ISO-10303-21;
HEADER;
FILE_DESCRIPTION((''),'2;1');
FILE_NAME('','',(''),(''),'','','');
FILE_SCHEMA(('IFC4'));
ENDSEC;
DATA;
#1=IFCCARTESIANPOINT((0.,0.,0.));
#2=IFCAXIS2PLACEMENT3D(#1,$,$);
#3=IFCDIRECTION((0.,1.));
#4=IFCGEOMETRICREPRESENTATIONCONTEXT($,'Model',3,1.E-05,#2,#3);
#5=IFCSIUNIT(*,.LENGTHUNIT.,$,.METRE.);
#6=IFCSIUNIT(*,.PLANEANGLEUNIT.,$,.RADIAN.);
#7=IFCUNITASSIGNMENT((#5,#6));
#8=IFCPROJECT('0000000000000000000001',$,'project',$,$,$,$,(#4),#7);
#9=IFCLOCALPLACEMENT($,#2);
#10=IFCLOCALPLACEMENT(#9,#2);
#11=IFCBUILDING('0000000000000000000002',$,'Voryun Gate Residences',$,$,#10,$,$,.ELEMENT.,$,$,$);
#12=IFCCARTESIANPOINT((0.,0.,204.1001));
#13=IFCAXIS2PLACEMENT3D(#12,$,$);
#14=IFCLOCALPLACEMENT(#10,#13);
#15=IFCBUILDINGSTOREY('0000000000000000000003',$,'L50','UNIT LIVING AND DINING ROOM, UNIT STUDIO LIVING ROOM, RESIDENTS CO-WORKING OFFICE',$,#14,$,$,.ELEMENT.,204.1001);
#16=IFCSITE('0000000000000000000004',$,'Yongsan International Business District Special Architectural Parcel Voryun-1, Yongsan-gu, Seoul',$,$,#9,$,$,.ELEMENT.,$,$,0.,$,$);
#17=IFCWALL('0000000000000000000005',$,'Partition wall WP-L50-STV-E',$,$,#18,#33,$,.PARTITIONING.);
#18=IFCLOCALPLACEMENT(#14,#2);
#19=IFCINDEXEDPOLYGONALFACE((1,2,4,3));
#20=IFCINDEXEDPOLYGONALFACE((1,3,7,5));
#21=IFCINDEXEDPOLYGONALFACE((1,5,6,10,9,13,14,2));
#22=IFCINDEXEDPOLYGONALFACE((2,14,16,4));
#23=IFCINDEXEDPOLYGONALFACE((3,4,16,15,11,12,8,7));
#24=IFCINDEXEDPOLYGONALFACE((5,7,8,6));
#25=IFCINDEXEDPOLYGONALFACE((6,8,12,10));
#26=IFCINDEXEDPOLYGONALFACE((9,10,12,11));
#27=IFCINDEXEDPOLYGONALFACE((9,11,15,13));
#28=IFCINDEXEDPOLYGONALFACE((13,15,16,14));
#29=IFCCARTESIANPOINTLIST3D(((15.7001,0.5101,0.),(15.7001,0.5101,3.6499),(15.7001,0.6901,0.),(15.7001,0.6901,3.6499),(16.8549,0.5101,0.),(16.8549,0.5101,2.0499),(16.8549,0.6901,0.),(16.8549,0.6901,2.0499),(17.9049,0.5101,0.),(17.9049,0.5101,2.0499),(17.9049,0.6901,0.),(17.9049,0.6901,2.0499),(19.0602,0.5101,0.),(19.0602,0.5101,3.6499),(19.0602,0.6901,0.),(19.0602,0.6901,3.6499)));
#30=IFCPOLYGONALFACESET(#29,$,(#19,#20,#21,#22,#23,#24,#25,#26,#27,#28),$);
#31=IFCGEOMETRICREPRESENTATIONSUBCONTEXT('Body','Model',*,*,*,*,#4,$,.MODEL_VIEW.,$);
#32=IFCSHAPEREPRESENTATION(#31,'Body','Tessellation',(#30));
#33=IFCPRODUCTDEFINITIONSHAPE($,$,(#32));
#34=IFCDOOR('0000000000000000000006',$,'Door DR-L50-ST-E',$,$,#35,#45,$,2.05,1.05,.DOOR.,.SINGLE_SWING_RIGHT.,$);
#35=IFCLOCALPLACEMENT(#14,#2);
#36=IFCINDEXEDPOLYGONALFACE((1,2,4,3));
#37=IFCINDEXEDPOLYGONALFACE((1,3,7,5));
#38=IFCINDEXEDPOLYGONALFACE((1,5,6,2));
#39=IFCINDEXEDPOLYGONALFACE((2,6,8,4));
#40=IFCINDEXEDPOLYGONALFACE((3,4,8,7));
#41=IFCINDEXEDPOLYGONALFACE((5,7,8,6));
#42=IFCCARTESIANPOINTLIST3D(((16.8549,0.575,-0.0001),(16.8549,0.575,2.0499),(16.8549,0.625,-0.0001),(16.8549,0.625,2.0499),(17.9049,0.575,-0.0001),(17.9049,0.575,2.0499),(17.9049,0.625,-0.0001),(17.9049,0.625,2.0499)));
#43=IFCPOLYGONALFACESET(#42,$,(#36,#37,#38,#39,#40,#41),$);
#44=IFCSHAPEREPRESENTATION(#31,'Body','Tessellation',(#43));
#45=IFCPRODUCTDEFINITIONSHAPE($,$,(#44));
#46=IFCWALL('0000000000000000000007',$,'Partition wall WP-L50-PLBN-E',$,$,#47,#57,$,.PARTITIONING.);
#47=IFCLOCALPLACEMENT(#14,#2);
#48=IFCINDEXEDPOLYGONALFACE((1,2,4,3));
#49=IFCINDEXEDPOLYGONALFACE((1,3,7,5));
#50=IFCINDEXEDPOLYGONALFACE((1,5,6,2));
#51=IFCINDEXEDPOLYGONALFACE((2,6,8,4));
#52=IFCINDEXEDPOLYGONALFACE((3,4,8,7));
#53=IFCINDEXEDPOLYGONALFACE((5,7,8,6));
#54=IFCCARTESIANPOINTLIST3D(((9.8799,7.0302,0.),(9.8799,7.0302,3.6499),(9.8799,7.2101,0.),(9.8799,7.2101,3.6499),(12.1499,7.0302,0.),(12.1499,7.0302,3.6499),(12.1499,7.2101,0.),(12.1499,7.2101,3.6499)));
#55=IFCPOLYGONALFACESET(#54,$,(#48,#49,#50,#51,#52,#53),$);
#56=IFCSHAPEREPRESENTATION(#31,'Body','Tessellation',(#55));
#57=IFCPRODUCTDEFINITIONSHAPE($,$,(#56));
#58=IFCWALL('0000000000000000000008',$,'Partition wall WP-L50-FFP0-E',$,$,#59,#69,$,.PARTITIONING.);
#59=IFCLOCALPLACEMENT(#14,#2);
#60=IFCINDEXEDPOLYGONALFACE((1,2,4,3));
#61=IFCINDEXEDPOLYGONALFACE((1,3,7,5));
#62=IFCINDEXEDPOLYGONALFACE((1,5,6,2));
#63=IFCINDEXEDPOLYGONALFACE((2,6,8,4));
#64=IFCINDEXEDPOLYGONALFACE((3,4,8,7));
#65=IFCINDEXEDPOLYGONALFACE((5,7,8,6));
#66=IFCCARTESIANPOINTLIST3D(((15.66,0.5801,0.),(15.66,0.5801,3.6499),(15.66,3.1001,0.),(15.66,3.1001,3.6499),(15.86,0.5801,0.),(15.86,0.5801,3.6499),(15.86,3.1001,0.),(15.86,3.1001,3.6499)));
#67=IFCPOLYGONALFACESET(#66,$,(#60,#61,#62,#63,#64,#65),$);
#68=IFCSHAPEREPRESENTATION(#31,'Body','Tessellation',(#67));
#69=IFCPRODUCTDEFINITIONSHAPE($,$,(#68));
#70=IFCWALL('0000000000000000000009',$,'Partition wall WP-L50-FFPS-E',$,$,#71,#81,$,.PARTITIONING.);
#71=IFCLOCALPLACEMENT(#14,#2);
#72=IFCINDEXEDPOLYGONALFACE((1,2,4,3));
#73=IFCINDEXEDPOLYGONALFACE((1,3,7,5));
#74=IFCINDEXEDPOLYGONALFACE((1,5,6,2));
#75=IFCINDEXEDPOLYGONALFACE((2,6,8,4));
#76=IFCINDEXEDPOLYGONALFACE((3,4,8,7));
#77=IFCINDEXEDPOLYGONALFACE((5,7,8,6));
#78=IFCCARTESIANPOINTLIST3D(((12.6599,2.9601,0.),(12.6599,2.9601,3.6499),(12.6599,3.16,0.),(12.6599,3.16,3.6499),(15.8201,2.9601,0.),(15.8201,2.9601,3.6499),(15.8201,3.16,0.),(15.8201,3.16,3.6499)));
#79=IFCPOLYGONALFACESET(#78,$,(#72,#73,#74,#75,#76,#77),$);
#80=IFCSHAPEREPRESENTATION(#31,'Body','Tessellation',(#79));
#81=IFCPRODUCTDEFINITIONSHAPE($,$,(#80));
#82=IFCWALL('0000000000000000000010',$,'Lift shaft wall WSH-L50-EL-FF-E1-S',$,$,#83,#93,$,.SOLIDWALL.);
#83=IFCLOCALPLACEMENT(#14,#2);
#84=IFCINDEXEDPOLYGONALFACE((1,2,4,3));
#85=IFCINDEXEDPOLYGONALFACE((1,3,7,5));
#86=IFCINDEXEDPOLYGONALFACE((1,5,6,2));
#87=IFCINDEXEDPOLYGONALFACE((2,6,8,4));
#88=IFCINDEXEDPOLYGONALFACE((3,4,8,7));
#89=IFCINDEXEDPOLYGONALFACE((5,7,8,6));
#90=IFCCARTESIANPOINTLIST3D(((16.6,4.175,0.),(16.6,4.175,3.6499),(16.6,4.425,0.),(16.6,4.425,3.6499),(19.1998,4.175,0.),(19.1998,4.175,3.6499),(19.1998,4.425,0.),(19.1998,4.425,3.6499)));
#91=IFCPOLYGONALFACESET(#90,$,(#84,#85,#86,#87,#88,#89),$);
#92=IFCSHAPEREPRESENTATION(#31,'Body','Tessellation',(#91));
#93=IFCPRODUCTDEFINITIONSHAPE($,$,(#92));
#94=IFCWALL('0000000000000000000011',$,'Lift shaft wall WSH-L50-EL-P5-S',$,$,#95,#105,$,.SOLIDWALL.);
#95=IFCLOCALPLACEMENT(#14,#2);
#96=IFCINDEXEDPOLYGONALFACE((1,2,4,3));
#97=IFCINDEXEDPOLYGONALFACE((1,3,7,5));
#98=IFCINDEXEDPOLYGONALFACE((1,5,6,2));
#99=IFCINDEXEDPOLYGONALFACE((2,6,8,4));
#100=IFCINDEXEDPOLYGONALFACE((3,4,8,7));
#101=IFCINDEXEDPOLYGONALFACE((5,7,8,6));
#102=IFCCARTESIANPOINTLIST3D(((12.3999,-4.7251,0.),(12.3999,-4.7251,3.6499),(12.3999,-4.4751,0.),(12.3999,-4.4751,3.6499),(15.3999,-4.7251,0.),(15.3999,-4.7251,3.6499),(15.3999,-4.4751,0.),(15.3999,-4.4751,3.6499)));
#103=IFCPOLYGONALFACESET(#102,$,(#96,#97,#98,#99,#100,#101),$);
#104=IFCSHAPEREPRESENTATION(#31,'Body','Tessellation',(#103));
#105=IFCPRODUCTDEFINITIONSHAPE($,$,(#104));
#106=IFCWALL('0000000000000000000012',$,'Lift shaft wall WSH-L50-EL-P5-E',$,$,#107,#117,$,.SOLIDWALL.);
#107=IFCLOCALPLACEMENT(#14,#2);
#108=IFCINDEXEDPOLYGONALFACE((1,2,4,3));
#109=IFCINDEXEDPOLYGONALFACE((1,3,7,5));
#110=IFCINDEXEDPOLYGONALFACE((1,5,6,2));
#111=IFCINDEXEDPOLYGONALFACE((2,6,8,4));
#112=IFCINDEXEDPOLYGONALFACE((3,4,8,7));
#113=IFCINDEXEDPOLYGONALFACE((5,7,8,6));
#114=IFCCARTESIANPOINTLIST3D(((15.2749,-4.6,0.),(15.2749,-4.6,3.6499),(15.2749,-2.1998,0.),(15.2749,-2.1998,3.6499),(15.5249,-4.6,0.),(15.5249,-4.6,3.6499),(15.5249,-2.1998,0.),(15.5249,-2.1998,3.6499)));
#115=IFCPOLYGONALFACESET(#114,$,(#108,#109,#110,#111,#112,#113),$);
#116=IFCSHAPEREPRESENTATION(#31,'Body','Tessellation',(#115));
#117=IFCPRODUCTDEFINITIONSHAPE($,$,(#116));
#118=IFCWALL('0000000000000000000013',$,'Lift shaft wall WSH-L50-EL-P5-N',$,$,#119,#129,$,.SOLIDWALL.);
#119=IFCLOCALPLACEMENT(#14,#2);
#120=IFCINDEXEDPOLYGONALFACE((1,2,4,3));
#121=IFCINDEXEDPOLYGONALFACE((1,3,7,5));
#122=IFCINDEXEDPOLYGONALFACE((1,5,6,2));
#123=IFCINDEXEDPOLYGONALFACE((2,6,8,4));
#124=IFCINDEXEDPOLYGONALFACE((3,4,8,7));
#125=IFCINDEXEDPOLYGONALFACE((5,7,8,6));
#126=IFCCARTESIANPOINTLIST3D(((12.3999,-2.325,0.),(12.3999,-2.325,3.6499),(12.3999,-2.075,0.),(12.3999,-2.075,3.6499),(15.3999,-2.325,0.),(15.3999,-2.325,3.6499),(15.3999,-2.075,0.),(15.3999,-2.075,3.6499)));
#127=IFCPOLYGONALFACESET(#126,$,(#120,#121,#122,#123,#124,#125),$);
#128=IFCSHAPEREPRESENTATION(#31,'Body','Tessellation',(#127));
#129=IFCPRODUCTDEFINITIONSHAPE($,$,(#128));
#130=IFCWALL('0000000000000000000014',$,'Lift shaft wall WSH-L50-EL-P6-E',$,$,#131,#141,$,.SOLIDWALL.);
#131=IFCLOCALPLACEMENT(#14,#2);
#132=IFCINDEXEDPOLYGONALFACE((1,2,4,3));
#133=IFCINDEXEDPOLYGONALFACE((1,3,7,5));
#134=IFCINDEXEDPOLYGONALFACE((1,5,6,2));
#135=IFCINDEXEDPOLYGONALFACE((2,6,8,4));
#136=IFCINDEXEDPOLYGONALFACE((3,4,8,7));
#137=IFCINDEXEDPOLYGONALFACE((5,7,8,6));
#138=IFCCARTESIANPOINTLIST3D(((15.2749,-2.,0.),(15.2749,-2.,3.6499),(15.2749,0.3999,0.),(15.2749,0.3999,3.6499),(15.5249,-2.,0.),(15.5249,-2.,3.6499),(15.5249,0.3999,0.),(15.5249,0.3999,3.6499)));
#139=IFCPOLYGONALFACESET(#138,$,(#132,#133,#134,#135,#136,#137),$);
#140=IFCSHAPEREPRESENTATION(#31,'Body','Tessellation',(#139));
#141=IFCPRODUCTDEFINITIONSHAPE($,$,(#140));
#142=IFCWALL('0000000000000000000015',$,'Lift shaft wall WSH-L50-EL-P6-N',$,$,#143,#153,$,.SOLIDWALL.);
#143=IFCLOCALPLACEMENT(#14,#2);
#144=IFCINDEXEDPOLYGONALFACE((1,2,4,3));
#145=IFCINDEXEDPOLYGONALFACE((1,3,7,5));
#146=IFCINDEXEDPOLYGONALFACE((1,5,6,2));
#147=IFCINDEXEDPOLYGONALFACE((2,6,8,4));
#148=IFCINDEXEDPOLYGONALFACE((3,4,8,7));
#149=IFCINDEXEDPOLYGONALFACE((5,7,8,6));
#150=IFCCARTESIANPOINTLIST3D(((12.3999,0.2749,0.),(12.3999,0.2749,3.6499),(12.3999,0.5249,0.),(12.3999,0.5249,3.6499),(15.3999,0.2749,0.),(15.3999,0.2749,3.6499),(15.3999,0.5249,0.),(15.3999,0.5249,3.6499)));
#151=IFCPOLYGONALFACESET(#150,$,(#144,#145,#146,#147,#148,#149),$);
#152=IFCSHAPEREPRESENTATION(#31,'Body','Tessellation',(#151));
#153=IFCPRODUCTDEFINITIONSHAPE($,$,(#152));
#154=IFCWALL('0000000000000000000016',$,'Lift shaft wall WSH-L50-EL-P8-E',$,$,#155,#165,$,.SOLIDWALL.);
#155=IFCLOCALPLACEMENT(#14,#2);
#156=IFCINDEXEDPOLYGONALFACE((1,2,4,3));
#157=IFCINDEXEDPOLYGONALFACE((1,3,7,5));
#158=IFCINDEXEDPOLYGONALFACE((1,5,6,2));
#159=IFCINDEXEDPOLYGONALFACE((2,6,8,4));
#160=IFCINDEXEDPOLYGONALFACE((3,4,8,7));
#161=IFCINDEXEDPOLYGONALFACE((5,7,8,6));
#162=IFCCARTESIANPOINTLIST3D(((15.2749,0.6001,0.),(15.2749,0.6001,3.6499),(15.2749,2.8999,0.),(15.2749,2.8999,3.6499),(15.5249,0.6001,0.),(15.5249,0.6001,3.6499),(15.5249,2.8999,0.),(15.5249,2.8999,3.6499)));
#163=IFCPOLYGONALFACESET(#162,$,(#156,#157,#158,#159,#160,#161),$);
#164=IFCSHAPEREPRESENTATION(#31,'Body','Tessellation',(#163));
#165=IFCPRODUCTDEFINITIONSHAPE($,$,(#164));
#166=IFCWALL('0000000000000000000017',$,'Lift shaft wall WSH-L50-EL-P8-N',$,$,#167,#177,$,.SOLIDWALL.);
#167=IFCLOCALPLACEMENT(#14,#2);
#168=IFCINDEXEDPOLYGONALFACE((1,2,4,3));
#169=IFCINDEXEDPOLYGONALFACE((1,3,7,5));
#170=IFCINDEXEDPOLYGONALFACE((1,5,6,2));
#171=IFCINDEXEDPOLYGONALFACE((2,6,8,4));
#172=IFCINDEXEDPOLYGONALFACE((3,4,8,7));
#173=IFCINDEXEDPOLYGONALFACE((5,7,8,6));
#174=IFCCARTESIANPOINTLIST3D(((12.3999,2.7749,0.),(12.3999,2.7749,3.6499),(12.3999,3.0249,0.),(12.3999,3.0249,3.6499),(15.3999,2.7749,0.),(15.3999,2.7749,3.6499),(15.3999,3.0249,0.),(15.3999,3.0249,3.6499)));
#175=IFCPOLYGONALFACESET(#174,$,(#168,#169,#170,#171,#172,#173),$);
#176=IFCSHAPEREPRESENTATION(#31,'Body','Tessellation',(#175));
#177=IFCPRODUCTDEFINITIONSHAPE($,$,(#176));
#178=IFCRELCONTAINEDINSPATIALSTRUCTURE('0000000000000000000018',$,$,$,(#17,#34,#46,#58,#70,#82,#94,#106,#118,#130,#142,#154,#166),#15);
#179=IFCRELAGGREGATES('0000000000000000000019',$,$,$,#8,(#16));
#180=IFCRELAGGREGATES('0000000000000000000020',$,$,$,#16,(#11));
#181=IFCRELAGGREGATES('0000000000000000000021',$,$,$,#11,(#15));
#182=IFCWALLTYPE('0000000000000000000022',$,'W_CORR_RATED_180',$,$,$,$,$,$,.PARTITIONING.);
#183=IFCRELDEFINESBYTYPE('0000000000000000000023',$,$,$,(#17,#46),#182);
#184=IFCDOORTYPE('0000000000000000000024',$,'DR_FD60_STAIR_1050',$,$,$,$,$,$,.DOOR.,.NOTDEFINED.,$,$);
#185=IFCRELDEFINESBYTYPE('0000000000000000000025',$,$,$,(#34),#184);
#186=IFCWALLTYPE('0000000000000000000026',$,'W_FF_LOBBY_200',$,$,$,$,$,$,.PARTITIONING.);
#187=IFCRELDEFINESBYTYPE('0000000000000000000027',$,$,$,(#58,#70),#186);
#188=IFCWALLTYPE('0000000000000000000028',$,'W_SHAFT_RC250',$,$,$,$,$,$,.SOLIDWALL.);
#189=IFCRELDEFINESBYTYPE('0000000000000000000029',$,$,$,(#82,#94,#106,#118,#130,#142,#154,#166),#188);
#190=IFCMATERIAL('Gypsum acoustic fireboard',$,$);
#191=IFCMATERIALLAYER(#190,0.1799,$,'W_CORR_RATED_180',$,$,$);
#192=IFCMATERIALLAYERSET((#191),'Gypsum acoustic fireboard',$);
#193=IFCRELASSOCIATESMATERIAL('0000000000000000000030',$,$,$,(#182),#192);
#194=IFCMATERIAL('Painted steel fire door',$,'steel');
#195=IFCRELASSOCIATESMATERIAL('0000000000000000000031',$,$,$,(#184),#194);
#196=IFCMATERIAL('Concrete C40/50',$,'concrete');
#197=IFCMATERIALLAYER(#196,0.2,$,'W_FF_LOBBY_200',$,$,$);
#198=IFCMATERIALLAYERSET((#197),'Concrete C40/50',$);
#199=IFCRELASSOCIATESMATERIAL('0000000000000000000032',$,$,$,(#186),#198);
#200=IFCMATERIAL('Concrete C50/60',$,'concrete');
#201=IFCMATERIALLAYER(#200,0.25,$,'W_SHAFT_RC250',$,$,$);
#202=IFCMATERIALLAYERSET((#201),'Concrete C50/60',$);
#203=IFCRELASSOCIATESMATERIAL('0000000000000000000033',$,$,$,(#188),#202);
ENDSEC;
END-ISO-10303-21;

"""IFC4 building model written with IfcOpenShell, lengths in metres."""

from ifc_helpers import new_model, si_unit, direction, frame, frame_2d, origin, place, context, subcontext, project, spatial, rectangle, extrude, material, layer, layer_set, type_object, element, fill, save


model = new_model("IFC4")

# Units and contexts
model_context = context("Model", 3, precision=1e-05, world=origin(), true_north=direction((0.0, 1.0)))
body_context = subcontext(model_context, "Body", "Model", "MODEL_VIEW")
ifc_project = project(units=[si_unit("LENGTHUNIT", "METRE"), si_unit("PLANEANGLEUNIT", "RADIAN")], contexts=[model_context])

# Site, building, storey
site_placement = place(None, origin())
site = spatial("IfcSite", under=ifc_project, at=site_placement, Name="Yongsan International Business District Special Architectural Parcel Voryun-1, Yongsan-gu, Seoul", CompositionType="ELEMENT", RefElevation=0.0)
building_placement = place(site_placement, origin())
building = spatial("IfcBuilding", under=site, at=building_placement, Name="Voryun Gate Residences", CompositionType="ELEMENT")
storey_placement = place(building_placement, frame((0.0, 0.0, 204.1001)))
storey = spatial("IfcBuildingStorey", under=building, at=storey_placement, Name="L50", Description="UNIT LIVING AND DINING ROOM, UNIT STUDIO LIVING ROOM, RESIDENTS CO-WORKING OFFICE", CompositionType="ELEMENT", Elevation=204.1001)

# Wall, opening, door
ifc_material_1 = material(Name="Gypsum acoustic fireboard")
ifc_layer_1 = layer(ifc_material_1, 0.1799, Name="W_CORR_RATED_180")
ifc_layer_set_1 = layer_set([ifc_layer_1], Name="Gypsum acoustic fireboard")
wall_type_1 = type_object("IfcWallType", Name="W_CORR_RATED_180", PredefinedType="PARTITIONING", material=ifc_layer_set_1)
wall_1_placement = place(storey_placement, frame((15.7, 0.6001, 0.0), z_axis=(0.0, 0.0, 1.0), x_axis=(1.0, 0.0, 0.0)))
wall_1 = element("IfcWall", 1, at=wall_1_placement, inside=storey, type_object=wall_type_1, Name="Partition wall WP-L50-STV-E", PredefinedType="PARTITIONING", context=body_context, shape_type="SweptSolid", body=[
    extrude(rectangle(XDim=3.3601, YDim=0.1799, at=frame_2d((1.6802, 0.0))), origin(), (0.0, 0.0, 1.0), 3.6499),
])
opening_placement = place(wall_1_placement, frame((1.155, 0.0, 0.0)))
opening = element("IfcOpeningElement", 2, at=opening_placement, cuts=wall_1, PredefinedType="OPENING", context=body_context, shape_type="SweptSolid", body=[
    extrude(rectangle(XDim=1.05, YDim=2.05, at=frame_2d((0.5249, 1.0249))), frame((0.0, 0.0999, 0.0), z_axis=(0.0, -1.0, 0.0), x_axis=(1.0, 0.0, 0.0)), (0.0, 0.0, 1.0), 0.2),
])
ifc_material_2 = material(Name="Painted steel fire door", Category="steel")
door_type = type_object("IfcDoorType", Name="DR_FD60_STAIR_1050", OperationType="NOTDEFINED", PredefinedType="DOOR", material=ifc_material_2)
door_placement = place(opening_placement, origin())
door = element("IfcDoor", 3, at=door_placement, inside=storey, type_object=door_type, Name="Door DR-L50-ST-E", OperationType="SINGLE_SWING_RIGHT", OverallHeight=2.05, OverallWidth=1.05, PredefinedType="DOOR", context=body_context, shape_type="SweptSolid", body=[
    extrude(rectangle(XDim=1.05, YDim=2.05, at=frame_2d((0.5249, 1.0249))), frame((0.0, 0.0249, 0.0), z_axis=(0.0, -1.0, 0.0), x_axis=(1.0, 0.0, 0.0)), (0.0, 0.0, 1.0), 0.05),
])
fill(opening, door)

# Walls
wall_2_placement = place(storey_placement, frame((9.8799, 7.1201, 0.0), z_axis=(0.0, 0.0, 1.0), x_axis=(1.0, 0.0, 0.0)))
element("IfcWall", 4, at=wall_2_placement, inside=storey, type_object=wall_type_1, Name="Partition wall WP-L50-PLBN-E", PredefinedType="PARTITIONING", context=body_context, shape_type="SweptSolid", body=[
    extrude(rectangle(XDim=2.27, YDim=0.1799, at=frame_2d((1.135, 0.0))), origin(), (0.0, 0.0, 1.0), 3.6499),
])
ifc_material_3 = material(Name="Concrete C40/50", Category="concrete")
ifc_layer_2 = layer(ifc_material_3, 0.2, Name="W_FF_LOBBY_200")
ifc_layer_set_2 = layer_set([ifc_layer_2], Name="Concrete C40/50")
wall_type_2 = type_object("IfcWallType", Name="W_FF_LOBBY_200", PredefinedType="PARTITIONING", material=ifc_layer_set_2)
wall_3_placement = place(storey_placement, frame((15.76, 0.5801, 0.0), z_axis=(0.0, 0.0, 1.0), x_axis=(0.0, 1.0, 0.0)))
element("IfcWall", 5, at=wall_3_placement, inside=storey, type_object=wall_type_2, Name="Partition wall WP-L50-FFP0-E", PredefinedType="PARTITIONING", context=body_context, shape_type="SweptSolid", body=[
    extrude(rectangle(XDim=2.52, YDim=0.2, at=frame_2d((1.26, 0.0))), origin(), (0.0, 0.0, 1.0), 3.6499),
])
wall_4_placement = place(storey_placement, frame((12.6599, 3.0601, 0.0), z_axis=(0.0, 0.0, 1.0), x_axis=(1.0, 0.0, 0.0)))
element("IfcWall", 6, at=wall_4_placement, inside=storey, type_object=wall_type_2, Name="Partition wall WP-L50-FFPS-E", PredefinedType="PARTITIONING", context=body_context, shape_type="SweptSolid", body=[
    extrude(rectangle(XDim=3.1602, YDim=0.2, at=frame_2d((1.5801, 0.0))), origin(), (0.0, 0.0, 1.0), 3.6499),
])
ifc_material_4 = material(Name="Concrete C50/60", Category="concrete")
ifc_layer_3 = layer(ifc_material_4, 0.25, Name="W_SHAFT_RC250")
ifc_layer_set_3 = layer_set([ifc_layer_3], Name="Concrete C50/60")
wall_type_3 = type_object("IfcWallType", Name="W_SHAFT_RC250", PredefinedType="SOLIDWALL", material=ifc_layer_set_3)
wall_5_placement = place(storey_placement, frame((16.6001, 4.3, 0.0), z_axis=(0.0, 0.0, 1.0), x_axis=(1.0, 0.0, 0.0)))
element("IfcWall", 7, at=wall_5_placement, inside=storey, type_object=wall_type_3, Name="Lift shaft wall WSH-L50-EL-FF-E1-S", PredefinedType="SOLIDWALL", context=body_context, shape_type="SweptSolid", body=[
    extrude(rectangle(XDim=2.5999, YDim=0.25, at=frame_2d((1.2998, 0.0))), origin(), (0.0, 0.0, 1.0), 3.6499),
])
wall_6_placement = place(storey_placement, frame((12.3999, -4.6001, 0.0), z_axis=(0.0, 0.0, 1.0), x_axis=(1.0, 0.0, 0.0)))
element("IfcWall", 8, at=wall_6_placement, inside=storey, type_object=wall_type_3, Name="Lift shaft wall WSH-L50-EL-P5-S", PredefinedType="SOLIDWALL", context=body_context, shape_type="SweptSolid", body=[
    extrude(rectangle(XDim=3.0, YDim=0.25, at=frame_2d((1.5, 0.0))), origin(), (0.0, 0.0, 1.0), 3.6499),
])
wall_7_placement = place(storey_placement, frame((15.3999, -4.6001, 0.0), z_axis=(0.0, 0.0, 1.0), x_axis=(0.0, 1.0, 0.0)))
element("IfcWall", 9, at=wall_7_placement, inside=storey, type_object=wall_type_3, Name="Lift shaft wall WSH-L50-EL-P5-E", PredefinedType="SOLIDWALL", context=body_context, shape_type="SweptSolid", body=[
    extrude(rectangle(XDim=2.4001, YDim=0.25, at=frame_2d((1.2002, 0.0))), origin(), (0.0, 0.0, 1.0), 3.6499),
])
wall_8_placement = place(storey_placement, frame((15.3999, -2.2, 0.0), z_axis=(0.0, 0.0, 1.0), x_axis=(-1.0, 0.0, 0.0)))
element("IfcWall", 10, at=wall_8_placement, inside=storey, type_object=wall_type_3, Name="Lift shaft wall WSH-L50-EL-P5-N", PredefinedType="SOLIDWALL", context=body_context, shape_type="SweptSolid", body=[
    extrude(rectangle(XDim=3.0, YDim=0.25, at=frame_2d((1.5, 0.0))), origin(), (0.0, 0.0, 1.0), 3.6499),
])
wall_9_placement = place(storey_placement, frame((15.3999, -2.0, 0.0), z_axis=(0.0, 0.0, 1.0), x_axis=(0.0, 1.0, 0.0)))
element("IfcWall", 11, at=wall_9_placement, inside=storey, type_object=wall_type_3, Name="Lift shaft wall WSH-L50-EL-P6-E", PredefinedType="SOLIDWALL", context=body_context, shape_type="SweptSolid", body=[
    extrude(rectangle(XDim=2.3999, YDim=0.25, at=frame_2d((1.2, 0.0))), origin(), (0.0, 0.0, 1.0), 3.6499),
])
wall_10_placement = place(storey_placement, frame((15.3999, 0.3999, 0.0), z_axis=(0.0, 0.0, 1.0), x_axis=(-1.0, 0.0, 0.0)))
element("IfcWall", 12, at=wall_10_placement, inside=storey, type_object=wall_type_3, Name="Lift shaft wall WSH-L50-EL-P6-N", PredefinedType="SOLIDWALL", context=body_context, shape_type="SweptSolid", body=[
    extrude(rectangle(XDim=3.0, YDim=0.25, at=frame_2d((1.5, 0.0))), origin(), (0.0, 0.0, 1.0), 3.6499),
])
wall_11_placement = place(storey_placement, frame((15.3999, 0.6001, 0.0), z_axis=(0.0, 0.0, 1.0), x_axis=(0.0, 1.0, 0.0)))
element("IfcWall", 13, at=wall_11_placement, inside=storey, type_object=wall_type_3, Name="Lift shaft wall WSH-L50-EL-P8-E", PredefinedType="SOLIDWALL", context=body_context, shape_type="SweptSolid", body=[
    extrude(rectangle(XDim=2.2998, YDim=0.25, at=frame_2d((1.1499, 0.0))), origin(), (0.0, 0.0, 1.0), 3.6499),
])
wall_12_placement = place(storey_placement, frame((15.3999, 2.8999, 0.0), z_axis=(0.0, 0.0, 1.0), x_axis=(-1.0, 0.0, 0.0)))
element("IfcWall", 14, at=wall_12_placement, inside=storey, type_object=wall_type_3, Name="Lift shaft wall WSH-L50-EL-P8-N", PredefinedType="SOLIDWALL", context=body_context, shape_type="SweptSolid", body=[
    extrude(rectangle(XDim=3.0, YDim=0.25, at=frame_2d((1.5, 0.0))), origin(), (0.0, 0.0, 1.0), 3.6499),
])

save(model, "model.ifc")
